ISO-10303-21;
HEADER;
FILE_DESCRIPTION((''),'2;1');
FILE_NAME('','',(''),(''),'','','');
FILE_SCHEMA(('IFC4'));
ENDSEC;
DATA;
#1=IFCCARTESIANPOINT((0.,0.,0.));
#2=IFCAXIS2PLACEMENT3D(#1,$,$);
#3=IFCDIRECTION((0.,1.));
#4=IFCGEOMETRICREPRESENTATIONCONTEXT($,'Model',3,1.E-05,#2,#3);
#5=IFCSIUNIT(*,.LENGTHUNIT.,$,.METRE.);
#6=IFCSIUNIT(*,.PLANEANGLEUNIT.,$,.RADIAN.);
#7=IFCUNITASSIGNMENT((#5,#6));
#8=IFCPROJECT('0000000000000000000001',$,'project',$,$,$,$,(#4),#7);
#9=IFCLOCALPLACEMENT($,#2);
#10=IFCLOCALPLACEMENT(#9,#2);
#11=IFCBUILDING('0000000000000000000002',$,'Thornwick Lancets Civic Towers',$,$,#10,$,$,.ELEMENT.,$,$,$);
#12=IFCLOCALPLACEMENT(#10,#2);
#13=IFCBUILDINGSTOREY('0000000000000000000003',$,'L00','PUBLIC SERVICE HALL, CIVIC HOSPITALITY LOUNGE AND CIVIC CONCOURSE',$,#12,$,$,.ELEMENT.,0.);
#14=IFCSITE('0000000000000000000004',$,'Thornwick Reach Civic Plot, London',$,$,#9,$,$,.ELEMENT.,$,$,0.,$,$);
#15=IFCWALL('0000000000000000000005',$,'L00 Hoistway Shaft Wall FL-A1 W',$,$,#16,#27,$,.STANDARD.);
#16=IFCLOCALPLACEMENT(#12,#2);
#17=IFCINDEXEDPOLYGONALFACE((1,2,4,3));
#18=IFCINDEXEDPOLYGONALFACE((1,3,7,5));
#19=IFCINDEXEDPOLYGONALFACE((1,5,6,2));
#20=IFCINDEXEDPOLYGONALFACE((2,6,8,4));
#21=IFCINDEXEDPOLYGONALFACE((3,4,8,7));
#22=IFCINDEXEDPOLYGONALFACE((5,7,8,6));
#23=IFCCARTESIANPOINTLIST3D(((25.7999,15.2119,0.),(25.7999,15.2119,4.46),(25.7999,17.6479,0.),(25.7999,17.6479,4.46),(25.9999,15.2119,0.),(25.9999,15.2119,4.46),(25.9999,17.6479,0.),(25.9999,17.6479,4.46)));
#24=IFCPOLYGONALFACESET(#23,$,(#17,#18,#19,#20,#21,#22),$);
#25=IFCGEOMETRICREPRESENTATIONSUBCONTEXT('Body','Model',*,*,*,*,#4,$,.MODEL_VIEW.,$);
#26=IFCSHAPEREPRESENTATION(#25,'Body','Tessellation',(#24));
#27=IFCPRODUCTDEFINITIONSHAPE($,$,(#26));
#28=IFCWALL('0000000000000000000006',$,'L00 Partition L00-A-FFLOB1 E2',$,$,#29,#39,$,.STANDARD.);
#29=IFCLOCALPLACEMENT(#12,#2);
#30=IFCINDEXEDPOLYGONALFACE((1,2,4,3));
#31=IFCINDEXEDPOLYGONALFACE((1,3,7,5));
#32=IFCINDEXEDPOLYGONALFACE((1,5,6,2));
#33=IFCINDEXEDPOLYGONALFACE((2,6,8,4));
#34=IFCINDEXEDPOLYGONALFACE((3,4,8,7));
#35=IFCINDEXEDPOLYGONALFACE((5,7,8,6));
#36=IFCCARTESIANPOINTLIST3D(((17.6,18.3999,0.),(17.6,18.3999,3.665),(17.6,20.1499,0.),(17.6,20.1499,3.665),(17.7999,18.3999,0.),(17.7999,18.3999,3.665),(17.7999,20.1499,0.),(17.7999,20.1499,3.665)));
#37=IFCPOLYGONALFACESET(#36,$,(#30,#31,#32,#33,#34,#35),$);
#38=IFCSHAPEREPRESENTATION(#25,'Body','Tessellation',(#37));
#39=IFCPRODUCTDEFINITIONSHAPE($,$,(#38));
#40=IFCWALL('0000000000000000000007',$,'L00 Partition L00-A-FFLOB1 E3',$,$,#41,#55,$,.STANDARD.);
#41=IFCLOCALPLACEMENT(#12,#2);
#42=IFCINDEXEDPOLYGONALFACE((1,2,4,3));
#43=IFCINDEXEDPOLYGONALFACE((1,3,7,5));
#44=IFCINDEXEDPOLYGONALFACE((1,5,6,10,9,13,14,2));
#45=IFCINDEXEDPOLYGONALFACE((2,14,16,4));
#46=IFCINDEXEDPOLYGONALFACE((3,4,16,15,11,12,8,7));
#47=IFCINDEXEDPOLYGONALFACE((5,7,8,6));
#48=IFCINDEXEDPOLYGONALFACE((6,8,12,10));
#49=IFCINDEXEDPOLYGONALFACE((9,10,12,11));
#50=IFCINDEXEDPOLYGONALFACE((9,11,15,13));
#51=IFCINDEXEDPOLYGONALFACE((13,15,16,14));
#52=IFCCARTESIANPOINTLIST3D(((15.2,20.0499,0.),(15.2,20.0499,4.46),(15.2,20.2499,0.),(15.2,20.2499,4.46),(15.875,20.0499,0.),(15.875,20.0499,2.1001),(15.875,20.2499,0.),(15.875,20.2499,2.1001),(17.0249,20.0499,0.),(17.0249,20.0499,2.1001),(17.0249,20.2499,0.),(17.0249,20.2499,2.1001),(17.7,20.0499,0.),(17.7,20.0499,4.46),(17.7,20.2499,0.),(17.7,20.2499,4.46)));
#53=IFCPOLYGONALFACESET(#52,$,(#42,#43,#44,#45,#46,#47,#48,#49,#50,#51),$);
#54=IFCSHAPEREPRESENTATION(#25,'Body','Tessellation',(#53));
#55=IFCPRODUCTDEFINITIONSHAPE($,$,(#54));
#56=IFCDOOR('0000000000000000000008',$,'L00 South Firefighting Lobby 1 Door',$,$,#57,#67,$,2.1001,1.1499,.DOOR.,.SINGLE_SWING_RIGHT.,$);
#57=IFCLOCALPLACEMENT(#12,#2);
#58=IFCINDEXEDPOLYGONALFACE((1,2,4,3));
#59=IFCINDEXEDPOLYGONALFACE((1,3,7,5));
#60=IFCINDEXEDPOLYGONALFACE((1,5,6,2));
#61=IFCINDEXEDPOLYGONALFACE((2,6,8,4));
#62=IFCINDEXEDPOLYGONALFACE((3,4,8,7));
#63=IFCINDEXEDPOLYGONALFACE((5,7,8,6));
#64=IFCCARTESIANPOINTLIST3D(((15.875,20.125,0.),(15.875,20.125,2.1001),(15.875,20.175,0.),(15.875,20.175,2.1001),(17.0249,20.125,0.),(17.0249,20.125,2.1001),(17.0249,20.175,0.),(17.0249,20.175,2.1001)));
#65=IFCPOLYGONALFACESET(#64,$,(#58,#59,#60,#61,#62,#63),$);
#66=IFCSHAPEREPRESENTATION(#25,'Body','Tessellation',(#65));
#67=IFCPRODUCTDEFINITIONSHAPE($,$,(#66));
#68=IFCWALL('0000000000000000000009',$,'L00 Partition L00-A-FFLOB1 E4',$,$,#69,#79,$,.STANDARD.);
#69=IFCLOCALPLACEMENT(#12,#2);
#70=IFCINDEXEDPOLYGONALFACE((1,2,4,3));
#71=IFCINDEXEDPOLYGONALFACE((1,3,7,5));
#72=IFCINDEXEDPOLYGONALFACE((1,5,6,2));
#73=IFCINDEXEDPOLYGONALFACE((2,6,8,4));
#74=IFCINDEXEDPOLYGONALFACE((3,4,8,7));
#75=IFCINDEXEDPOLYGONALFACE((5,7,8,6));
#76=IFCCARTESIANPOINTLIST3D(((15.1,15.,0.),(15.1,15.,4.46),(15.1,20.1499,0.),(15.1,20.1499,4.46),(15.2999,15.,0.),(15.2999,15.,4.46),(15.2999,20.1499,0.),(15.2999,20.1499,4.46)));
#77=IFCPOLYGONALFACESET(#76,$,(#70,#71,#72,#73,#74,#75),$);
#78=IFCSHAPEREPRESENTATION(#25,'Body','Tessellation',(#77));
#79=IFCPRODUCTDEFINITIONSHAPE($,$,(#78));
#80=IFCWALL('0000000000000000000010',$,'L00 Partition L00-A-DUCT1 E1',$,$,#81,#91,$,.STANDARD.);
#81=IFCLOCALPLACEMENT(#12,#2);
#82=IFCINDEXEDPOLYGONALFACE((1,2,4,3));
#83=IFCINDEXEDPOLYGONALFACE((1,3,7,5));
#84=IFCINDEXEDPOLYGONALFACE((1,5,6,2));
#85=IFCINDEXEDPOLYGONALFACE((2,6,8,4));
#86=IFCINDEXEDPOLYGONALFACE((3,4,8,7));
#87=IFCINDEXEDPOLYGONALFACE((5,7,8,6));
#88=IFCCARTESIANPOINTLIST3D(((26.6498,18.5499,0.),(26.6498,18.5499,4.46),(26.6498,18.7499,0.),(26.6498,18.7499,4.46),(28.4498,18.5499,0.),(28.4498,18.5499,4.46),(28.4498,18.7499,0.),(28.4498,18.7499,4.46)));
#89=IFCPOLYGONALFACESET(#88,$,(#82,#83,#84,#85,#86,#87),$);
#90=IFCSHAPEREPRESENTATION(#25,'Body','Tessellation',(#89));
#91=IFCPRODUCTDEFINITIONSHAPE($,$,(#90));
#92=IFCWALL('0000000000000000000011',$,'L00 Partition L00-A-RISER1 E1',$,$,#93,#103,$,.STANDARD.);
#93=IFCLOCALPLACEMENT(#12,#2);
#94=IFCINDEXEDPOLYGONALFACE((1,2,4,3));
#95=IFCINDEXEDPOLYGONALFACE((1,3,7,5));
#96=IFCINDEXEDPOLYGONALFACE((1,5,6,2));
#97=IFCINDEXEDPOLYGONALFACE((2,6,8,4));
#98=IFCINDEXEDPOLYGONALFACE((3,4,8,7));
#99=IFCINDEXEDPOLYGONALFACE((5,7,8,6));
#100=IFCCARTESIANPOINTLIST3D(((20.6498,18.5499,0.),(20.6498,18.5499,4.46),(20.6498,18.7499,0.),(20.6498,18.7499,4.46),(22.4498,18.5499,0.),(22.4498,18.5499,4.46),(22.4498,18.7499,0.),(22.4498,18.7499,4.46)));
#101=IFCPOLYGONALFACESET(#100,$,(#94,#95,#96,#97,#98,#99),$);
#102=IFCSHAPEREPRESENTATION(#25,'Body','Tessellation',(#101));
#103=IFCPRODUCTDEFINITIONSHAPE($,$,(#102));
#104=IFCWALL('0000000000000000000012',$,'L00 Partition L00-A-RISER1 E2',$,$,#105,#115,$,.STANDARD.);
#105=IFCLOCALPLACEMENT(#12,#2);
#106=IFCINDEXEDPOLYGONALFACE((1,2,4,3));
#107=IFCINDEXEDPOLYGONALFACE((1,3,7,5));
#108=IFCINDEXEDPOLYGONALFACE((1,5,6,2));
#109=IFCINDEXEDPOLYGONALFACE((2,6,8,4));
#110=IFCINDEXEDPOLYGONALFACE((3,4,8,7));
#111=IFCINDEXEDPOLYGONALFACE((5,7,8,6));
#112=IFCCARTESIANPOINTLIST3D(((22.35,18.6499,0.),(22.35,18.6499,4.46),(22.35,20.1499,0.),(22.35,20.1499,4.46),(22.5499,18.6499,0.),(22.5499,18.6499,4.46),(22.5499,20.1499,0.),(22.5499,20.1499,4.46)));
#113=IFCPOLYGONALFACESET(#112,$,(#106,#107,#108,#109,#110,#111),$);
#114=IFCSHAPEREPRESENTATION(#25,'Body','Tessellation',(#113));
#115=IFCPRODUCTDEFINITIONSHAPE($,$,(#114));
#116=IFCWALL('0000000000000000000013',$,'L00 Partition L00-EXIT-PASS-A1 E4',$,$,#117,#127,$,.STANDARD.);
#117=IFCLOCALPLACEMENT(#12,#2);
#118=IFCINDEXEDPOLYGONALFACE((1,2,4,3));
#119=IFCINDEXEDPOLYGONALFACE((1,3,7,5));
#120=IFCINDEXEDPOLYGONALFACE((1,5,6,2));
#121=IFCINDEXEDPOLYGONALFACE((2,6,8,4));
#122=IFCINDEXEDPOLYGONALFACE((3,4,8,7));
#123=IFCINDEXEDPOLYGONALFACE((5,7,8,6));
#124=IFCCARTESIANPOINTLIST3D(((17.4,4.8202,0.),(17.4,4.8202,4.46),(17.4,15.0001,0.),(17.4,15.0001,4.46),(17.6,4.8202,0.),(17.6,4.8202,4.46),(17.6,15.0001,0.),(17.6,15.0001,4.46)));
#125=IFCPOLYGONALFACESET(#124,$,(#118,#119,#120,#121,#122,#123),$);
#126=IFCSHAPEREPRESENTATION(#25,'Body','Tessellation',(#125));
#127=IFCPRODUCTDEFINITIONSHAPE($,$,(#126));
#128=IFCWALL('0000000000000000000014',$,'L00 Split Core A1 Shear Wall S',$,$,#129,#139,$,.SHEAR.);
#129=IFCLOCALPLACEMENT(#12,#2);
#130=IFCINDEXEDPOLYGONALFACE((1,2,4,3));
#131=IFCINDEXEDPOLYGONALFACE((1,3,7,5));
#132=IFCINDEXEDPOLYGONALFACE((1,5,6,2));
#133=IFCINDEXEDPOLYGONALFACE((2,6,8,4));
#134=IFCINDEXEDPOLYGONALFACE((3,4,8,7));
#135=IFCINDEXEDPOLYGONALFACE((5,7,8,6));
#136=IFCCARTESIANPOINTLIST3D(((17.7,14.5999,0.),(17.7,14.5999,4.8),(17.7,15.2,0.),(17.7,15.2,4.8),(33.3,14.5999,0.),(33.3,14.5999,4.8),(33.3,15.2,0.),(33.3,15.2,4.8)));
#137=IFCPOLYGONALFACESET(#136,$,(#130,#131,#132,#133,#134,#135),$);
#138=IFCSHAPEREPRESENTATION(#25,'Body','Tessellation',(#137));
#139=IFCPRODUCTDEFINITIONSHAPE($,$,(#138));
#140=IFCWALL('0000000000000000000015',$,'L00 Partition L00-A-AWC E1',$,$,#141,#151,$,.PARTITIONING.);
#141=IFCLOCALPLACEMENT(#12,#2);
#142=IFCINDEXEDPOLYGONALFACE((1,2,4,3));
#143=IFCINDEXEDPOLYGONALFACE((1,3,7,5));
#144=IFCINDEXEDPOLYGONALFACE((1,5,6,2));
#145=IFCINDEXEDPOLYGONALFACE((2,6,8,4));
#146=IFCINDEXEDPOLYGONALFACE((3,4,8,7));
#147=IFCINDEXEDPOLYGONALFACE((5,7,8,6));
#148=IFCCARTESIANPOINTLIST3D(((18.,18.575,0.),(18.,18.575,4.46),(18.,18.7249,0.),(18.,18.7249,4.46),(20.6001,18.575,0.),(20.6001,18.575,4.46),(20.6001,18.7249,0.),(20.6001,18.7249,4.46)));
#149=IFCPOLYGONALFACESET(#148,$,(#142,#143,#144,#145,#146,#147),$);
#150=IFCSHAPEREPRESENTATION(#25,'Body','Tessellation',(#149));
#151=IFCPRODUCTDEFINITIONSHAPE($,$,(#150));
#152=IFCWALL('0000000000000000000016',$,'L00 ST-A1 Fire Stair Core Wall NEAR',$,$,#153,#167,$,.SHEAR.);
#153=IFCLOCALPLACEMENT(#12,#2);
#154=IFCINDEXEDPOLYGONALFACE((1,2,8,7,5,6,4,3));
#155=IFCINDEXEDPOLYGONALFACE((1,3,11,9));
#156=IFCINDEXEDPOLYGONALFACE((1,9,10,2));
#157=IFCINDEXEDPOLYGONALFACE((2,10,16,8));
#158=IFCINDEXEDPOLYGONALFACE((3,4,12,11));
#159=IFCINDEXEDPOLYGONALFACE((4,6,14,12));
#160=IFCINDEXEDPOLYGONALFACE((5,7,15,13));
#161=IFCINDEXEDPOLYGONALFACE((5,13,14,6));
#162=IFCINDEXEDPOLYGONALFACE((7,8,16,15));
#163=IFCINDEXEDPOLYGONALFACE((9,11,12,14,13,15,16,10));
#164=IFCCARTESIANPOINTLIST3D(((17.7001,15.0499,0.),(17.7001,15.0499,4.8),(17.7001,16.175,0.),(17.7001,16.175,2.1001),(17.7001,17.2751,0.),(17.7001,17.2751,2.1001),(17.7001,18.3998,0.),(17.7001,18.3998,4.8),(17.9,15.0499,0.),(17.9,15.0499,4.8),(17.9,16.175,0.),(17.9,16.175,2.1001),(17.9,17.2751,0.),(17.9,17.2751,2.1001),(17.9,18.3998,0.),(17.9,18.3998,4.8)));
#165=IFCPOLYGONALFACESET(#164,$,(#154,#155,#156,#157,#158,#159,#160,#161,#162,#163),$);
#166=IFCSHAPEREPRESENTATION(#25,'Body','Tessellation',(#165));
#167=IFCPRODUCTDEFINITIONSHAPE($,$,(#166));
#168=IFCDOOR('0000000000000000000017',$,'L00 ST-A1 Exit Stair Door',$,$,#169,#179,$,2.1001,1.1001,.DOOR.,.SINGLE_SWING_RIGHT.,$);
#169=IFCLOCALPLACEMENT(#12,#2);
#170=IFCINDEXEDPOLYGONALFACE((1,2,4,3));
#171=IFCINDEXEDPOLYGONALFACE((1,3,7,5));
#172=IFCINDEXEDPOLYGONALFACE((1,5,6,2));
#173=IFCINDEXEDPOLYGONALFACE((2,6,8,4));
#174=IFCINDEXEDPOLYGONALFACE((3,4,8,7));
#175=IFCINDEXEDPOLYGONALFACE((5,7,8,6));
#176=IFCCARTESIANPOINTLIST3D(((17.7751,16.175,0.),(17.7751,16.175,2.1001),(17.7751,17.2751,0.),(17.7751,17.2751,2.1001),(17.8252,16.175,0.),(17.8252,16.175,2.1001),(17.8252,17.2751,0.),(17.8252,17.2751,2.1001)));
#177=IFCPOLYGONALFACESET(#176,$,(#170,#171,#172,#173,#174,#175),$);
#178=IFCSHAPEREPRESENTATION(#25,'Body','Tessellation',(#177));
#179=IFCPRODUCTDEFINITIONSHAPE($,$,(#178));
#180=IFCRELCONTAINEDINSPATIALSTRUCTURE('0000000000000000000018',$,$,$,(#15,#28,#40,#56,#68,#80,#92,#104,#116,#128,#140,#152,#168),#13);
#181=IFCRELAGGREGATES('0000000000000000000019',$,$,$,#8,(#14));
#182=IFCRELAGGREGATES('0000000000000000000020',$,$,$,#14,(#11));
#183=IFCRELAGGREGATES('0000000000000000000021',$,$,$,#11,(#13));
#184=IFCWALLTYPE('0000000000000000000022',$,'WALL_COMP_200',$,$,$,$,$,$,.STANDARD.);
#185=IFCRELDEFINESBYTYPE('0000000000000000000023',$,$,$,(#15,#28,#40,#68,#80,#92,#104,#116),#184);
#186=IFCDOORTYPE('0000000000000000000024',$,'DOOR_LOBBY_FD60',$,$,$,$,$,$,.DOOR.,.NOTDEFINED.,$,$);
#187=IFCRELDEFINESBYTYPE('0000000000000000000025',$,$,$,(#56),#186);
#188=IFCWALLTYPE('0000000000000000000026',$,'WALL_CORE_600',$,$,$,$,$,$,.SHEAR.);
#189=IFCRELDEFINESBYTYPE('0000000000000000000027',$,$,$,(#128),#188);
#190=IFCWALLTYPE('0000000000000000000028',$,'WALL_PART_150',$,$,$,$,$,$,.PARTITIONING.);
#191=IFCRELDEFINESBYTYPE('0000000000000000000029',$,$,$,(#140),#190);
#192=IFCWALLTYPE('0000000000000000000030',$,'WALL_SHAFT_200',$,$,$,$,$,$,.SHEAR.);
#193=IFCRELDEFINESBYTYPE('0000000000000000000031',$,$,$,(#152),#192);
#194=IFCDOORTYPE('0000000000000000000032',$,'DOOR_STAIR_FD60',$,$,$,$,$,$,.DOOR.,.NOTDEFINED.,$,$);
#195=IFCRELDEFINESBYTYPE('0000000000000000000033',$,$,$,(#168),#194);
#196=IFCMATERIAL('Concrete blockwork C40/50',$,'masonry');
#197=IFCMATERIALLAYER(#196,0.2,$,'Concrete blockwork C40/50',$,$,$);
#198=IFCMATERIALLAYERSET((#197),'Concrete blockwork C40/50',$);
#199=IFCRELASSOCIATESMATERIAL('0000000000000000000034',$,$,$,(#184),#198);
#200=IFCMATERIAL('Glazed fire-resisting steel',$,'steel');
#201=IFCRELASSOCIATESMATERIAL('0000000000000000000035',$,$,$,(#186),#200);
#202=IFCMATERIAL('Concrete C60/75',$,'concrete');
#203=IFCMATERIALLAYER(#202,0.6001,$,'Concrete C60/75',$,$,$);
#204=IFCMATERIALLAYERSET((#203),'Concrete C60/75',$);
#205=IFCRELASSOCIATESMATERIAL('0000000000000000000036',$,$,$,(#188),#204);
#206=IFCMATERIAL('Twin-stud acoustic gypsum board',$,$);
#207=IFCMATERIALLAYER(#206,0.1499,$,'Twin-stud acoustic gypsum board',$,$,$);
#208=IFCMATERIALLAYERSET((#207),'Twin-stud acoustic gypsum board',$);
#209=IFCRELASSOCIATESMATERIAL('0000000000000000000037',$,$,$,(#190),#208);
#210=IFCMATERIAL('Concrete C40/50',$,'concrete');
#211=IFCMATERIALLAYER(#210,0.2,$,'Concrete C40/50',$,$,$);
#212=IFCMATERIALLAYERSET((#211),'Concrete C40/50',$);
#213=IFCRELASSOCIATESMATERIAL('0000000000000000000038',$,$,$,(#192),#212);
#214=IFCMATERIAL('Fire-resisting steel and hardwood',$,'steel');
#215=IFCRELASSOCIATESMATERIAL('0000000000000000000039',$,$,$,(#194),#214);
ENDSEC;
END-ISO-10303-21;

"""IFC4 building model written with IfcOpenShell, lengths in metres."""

from ifc_helpers import new_model, si_unit, direction, frame, frame_2d, origin, place, context, subcontext, project, spatial, rectangle, extrude, material, layer, layer_set, type_object, element, fill, save


model = new_model("IFC4")

# Units and contexts
model_context = context("Model", 3, precision=1e-05, world=origin(), true_north=direction((0.0, 1.0)))
body_context = subcontext(model_context, "Body", "Model", "MODEL_VIEW")
ifc_project = project(units=[si_unit("LENGTHUNIT", "METRE"), si_unit("PLANEANGLEUNIT", "RADIAN")], contexts=[model_context])

# Site, building, storey
site_placement = place(None, origin())
site = spatial("IfcSite", under=ifc_project, at=site_placement, Name="Thornwick Reach Civic Plot, London", CompositionType="ELEMENT", RefElevation=0.0)
building_placement = place(site_placement, origin())
building = spatial("IfcBuilding", under=site, at=building_placement, Name="Thornwick Lancets Civic Towers", CompositionType="ELEMENT")
storey_placement = place(building_placement, origin())
storey = spatial("IfcBuildingStorey", under=building, at=storey_placement, Name="L00", Description="PUBLIC SERVICE HALL, CIVIC HOSPITALITY LOUNGE AND CIVIC CONCOURSE", CompositionType="ELEMENT", Elevation=0.0)

# Shared definitions
ifc_material_1 = material(Name="Concrete C60/75", Category="concrete")

# Shared definitions
ifc_material_2 = material(Name="Concrete C40/50", Category="concrete")

# Shared definitions
ifc_material_3 = material(Name="Concrete blockwork C40/50", Category="masonry")
ifc_layer_1 = layer(ifc_material_3, 0.2, Name="Concrete blockwork C40/50")
ifc_layer_set_1 = layer_set([ifc_layer_1], Name="Concrete blockwork C40/50")
wall_type_1 = type_object("IfcWallType", Name="WALL_COMP_200", PredefinedType="STANDARD", material=ifc_layer_set_1)

# Walls
for number, where, z_axis, x_axis, name in (
    (1, (25.8999, 15.2119, 0.0), (0.0, 0.0, 1.0), (0.0, 1.0, 0.0), "L00 Hoistway Shaft Wall FL-A1 W"),
):
    element("IfcWall", number, at=place(storey_placement, frame(where, z_axis=z_axis, x_axis=x_axis)), inside=storey, type_object=wall_type_1, Name=name, PredefinedType="STANDARD", context=body_context, shape_type="SweptSolid", body=[
        extrude(rectangle(XDim=2.436, YDim=0.2, at=frame_2d((1.218, 0.0))), origin(), (0.0, 0.0, 1.0), 4.46),
    ])
wall_1_placement = place(storey_placement, frame((17.7, 18.3999, 0.0), z_axis=(0.0, 0.0, 1.0), x_axis=(0.0, 1.0, 0.0)))
element("IfcWall", 2, at=wall_1_placement, inside=storey, type_object=wall_type_1, Name="L00 Partition L00-A-FFLOB1 E2", PredefinedType="STANDARD", context=body_context, shape_type="SweptSolid", body=[
    extrude(rectangle(XDim=1.75, YDim=0.2, at=frame_2d((0.875, 0.0))), origin(), (0.0, 0.0, 1.0), 3.665),
])

# Wall, opening, door
wall_2_placement = place(storey_placement, frame((17.7, 20.1499, 0.0), z_axis=(0.0, 0.0, 1.0), x_axis=(-1.0, 0.0, 0.0)))
wall_2 = element("IfcWall", 3, at=wall_2_placement, inside=storey, type_object=wall_type_1, Name="L00 Partition L00-A-FFLOB1 E3", PredefinedType="STANDARD", context=body_context, shape_type="SweptSolid", body=[
    extrude(rectangle(XDim=2.5, YDim=0.2, at=frame_2d((1.25, 0.0))), origin(), (0.0, 0.0, 1.0), 4.46),
])
opening_1_placement = place(wall_2_placement, frame((0.675, 0.0, 0.0)))
opening_1 = element("IfcOpeningElement", 4, at=opening_1_placement, cuts=wall_2, PredefinedType="OPENING", context=body_context, shape_type="SweptSolid", body=[
    extrude(rectangle(XDim=1.1499, YDim=2.1001, at=frame_2d((0.575, 1.05))), frame((0.0, 0.1099, 0.0), z_axis=(0.0, -1.0, 0.0), x_axis=(1.0, 0.0, 0.0)), (0.0, 0.0, 1.0), 0.22),
])
ifc_material_4 = material(Name="Glazed fire-resisting steel", Category="steel")
door_type_1 = type_object("IfcDoorType", Name="DOOR_LOBBY_FD60", OperationType="NOTDEFINED", PredefinedType="DOOR", material=ifc_material_4)
door_1_placement = place(opening_1_placement, origin())
door_1 = element("IfcDoor", 5, at=door_1_placement, inside=storey, type_object=door_type_1, Name="L00 South Firefighting Lobby 1 Door", OperationType="SINGLE_SWING_RIGHT", OverallHeight=2.1001, OverallWidth=1.1499, PredefinedType="DOOR", context=body_context, shape_type="SweptSolid", body=[
    extrude(rectangle(XDim=1.1499, YDim=2.1001, at=frame_2d((0.575, 1.05))), frame((0.0, 0.0249, 0.0), z_axis=(0.0, -1.0, 0.0), x_axis=(1.0, 0.0, 0.0)), (0.0, 0.0, 1.0), 0.05),
])
fill(opening_1, door_1)

# Walls
wall_3_placement = place(storey_placement, frame((15.2, 20.1499, 0.0), z_axis=(0.0, 0.0, 1.0), x_axis=(0.0, -1.0, 0.0)))
element("IfcWall", 6, at=wall_3_placement, inside=storey, type_object=wall_type_1, Name="L00 Partition L00-A-FFLOB1 E4", PredefinedType="STANDARD", context=body_context, shape_type="SweptSolid", body=[
    extrude(rectangle(XDim=5.1499, YDim=0.2, at=frame_2d((2.575, 0.0))), origin(), (0.0, 0.0, 1.0), 4.46),
])
for number, where, z_axis, x_axis, name in (
    (7, (26.6499, 18.6499, 0.0), (0.0, 0.0, 1.0), (1.0, 0.0, 0.0), "L00 Partition L00-A-DUCT1 E1"),
    (8, (20.6499, 18.6499, 0.0), (0.0, 0.0, 1.0), (1.0, 0.0, 0.0), "L00 Partition L00-A-RISER1 E1"),
):
    element("IfcWall", number, at=place(storey_placement, frame(where, z_axis=z_axis, x_axis=x_axis)), inside=storey, type_object=wall_type_1, Name=name, PredefinedType="STANDARD", context=body_context, shape_type="SweptSolid", body=[
        extrude(rectangle(XDim=1.8, YDim=0.2, at=frame_2d((0.8999, 0.0))), origin(), (0.0, 0.0, 1.0), 4.46),
    ])
wall_4_placement = place(storey_placement, frame((22.45, 18.6499, 0.0), z_axis=(0.0, 0.0, 1.0), x_axis=(0.0, 1.0, 0.0)))
element("IfcWall", 9, at=wall_4_placement, inside=storey, type_object=wall_type_1, Name="L00 Partition L00-A-RISER1 E2", PredefinedType="STANDARD", context=body_context, shape_type="SweptSolid", body=[
    extrude(rectangle(XDim=1.5, YDim=0.2, at=frame_2d((0.75, 0.0))), origin(), (0.0, 0.0, 1.0), 4.46),
])
wall_5_placement = place(storey_placement, frame((17.5, 15.0, 0.0), z_axis=(0.0, 0.0, 1.0), x_axis=(0.0, -1.0, 0.0)))
element("IfcWall", 10, at=wall_5_placement, inside=storey, type_object=wall_type_1, Name="L00 Partition L00-EXIT-PASS-A1 E4", PredefinedType="STANDARD", context=body_context, shape_type="SweptSolid", body=[
    extrude(rectangle(XDim=10.1799, YDim=0.2, at=frame_2d((5.0898, 0.0))), origin(), (0.0, 0.0, 1.0), 4.46),
])
ifc_layer_2 = layer(ifc_material_1, 0.6001, Name="Concrete C60/75")
ifc_layer_set_2 = layer_set([ifc_layer_2], Name="Concrete C60/75")
wall_type_2 = type_object("IfcWallType", Name="WALL_CORE_600", PredefinedType="SHEAR", material=ifc_layer_set_2)
wall_6_placement = place(storey_placement, frame((17.7, 14.8999, 0.0), z_axis=(0.0, 0.0, 1.0), x_axis=(1.0, 0.0, 0.0)))
element("IfcWall", 11, at=wall_6_placement, inside=storey, type_object=wall_type_2, Name="L00 Split Core A1 Shear Wall S", PredefinedType="SHEAR", context=body_context, shape_type="SweptSolid", body=[
    extrude(rectangle(XDim=15.6001, YDim=0.6001, at=frame_2d((7.8, 0.0))), origin(), (0.0, 0.0, 1.0), 4.8),
])
ifc_material_5 = material(Name="Twin-stud acoustic gypsum board")
ifc_layer_3 = layer(ifc_material_5, 0.1499, Name="Twin-stud acoustic gypsum board")
ifc_layer_set_3 = layer_set([ifc_layer_3], Name="Twin-stud acoustic gypsum board")
wall_type_3 = type_object("IfcWallType", Name="WALL_PART_150", PredefinedType="PARTITIONING", material=ifc_layer_set_3)
wall_7_placement = place(storey_placement, frame((18.0, 18.6499, 0.0), z_axis=(0.0, 0.0, 1.0), x_axis=(1.0, 0.0, 0.0)))
element("IfcWall", 12, at=wall_7_placement, inside=storey, type_object=wall_type_3, Name="L00 Partition L00-A-AWC E1", PredefinedType="PARTITIONING", context=body_context, shape_type="SweptSolid", body=[
    extrude(rectangle(XDim=2.6001, YDim=0.1499, at=frame_2d((1.3, 0.0))), origin(), (0.0, 0.0, 1.0), 4.46),
])

# Wall, opening, door
ifc_layer_4 = layer(ifc_material_2, 0.2, Name="Concrete C40/50")
ifc_layer_set_4 = layer_set([ifc_layer_4], Name="Concrete C40/50")
wall_type_4 = type_object("IfcWallType", Name="WALL_SHAFT_200", PredefinedType="SHEAR", material=ifc_layer_set_4)
wall_8_placement = place(storey_placement, frame((17.8, 15.05, 0.0), z_axis=(0.0, 0.0, 1.0), x_axis=(0.0, 1.0, 0.0)))
wall_8 = element("IfcWall", 13, at=wall_8_placement, inside=storey, type_object=wall_type_4, Name="L00 ST-A1 Fire Stair Core Wall NEAR", PredefinedType="SHEAR", context=body_context, shape_type="SweptSolid", body=[
    extrude(rectangle(XDim=3.3499, YDim=0.2, at=frame_2d((1.6748, 0.0))), origin(), (0.0, 0.0, 1.0), 4.8),
])
opening_2_placement = place(wall_8_placement, frame((1.125, 0.0, 0.0)))
opening_2 = element("IfcOpeningElement", 14, at=opening_2_placement, cuts=wall_8, PredefinedType="OPENING", context=body_context, shape_type="SweptSolid", body=[
    extrude(rectangle(XDim=1.1001, YDim=2.1001, at=frame_2d((0.55, 1.05))), frame((0.0, 0.1099, 0.0), z_axis=(0.0, -1.0, 0.0), x_axis=(1.0, 0.0, 0.0)), (0.0, 0.0, 1.0), 0.22),
])
ifc_material_6 = material(Name="Fire-resisting steel and hardwood", Category="steel")
door_type_2 = type_object("IfcDoorType", Name="DOOR_STAIR_FD60", OperationType="NOTDEFINED", PredefinedType="DOOR", material=ifc_material_6)
door_2_placement = place(opening_2_placement, origin())
door_2 = element("IfcDoor", 15, at=door_2_placement, inside=storey, type_object=door_type_2, Name="L00 ST-A1 Exit Stair Door", OperationType="SINGLE_SWING_RIGHT", OverallHeight=2.1001, OverallWidth=1.1001, PredefinedType="DOOR", context=body_context, shape_type="SweptSolid", body=[
    extrude(rectangle(XDim=1.1001, YDim=2.1001, at=frame_2d((0.55, 1.05))), frame((0.0, 0.0249, 0.0), z_axis=(0.0, -1.0, 0.0), x_axis=(1.0, 0.0, 0.0)), (0.0, 0.0, 1.0), 0.05),
])
fill(opening_2, door_2)

save(model, "model.ifc")
